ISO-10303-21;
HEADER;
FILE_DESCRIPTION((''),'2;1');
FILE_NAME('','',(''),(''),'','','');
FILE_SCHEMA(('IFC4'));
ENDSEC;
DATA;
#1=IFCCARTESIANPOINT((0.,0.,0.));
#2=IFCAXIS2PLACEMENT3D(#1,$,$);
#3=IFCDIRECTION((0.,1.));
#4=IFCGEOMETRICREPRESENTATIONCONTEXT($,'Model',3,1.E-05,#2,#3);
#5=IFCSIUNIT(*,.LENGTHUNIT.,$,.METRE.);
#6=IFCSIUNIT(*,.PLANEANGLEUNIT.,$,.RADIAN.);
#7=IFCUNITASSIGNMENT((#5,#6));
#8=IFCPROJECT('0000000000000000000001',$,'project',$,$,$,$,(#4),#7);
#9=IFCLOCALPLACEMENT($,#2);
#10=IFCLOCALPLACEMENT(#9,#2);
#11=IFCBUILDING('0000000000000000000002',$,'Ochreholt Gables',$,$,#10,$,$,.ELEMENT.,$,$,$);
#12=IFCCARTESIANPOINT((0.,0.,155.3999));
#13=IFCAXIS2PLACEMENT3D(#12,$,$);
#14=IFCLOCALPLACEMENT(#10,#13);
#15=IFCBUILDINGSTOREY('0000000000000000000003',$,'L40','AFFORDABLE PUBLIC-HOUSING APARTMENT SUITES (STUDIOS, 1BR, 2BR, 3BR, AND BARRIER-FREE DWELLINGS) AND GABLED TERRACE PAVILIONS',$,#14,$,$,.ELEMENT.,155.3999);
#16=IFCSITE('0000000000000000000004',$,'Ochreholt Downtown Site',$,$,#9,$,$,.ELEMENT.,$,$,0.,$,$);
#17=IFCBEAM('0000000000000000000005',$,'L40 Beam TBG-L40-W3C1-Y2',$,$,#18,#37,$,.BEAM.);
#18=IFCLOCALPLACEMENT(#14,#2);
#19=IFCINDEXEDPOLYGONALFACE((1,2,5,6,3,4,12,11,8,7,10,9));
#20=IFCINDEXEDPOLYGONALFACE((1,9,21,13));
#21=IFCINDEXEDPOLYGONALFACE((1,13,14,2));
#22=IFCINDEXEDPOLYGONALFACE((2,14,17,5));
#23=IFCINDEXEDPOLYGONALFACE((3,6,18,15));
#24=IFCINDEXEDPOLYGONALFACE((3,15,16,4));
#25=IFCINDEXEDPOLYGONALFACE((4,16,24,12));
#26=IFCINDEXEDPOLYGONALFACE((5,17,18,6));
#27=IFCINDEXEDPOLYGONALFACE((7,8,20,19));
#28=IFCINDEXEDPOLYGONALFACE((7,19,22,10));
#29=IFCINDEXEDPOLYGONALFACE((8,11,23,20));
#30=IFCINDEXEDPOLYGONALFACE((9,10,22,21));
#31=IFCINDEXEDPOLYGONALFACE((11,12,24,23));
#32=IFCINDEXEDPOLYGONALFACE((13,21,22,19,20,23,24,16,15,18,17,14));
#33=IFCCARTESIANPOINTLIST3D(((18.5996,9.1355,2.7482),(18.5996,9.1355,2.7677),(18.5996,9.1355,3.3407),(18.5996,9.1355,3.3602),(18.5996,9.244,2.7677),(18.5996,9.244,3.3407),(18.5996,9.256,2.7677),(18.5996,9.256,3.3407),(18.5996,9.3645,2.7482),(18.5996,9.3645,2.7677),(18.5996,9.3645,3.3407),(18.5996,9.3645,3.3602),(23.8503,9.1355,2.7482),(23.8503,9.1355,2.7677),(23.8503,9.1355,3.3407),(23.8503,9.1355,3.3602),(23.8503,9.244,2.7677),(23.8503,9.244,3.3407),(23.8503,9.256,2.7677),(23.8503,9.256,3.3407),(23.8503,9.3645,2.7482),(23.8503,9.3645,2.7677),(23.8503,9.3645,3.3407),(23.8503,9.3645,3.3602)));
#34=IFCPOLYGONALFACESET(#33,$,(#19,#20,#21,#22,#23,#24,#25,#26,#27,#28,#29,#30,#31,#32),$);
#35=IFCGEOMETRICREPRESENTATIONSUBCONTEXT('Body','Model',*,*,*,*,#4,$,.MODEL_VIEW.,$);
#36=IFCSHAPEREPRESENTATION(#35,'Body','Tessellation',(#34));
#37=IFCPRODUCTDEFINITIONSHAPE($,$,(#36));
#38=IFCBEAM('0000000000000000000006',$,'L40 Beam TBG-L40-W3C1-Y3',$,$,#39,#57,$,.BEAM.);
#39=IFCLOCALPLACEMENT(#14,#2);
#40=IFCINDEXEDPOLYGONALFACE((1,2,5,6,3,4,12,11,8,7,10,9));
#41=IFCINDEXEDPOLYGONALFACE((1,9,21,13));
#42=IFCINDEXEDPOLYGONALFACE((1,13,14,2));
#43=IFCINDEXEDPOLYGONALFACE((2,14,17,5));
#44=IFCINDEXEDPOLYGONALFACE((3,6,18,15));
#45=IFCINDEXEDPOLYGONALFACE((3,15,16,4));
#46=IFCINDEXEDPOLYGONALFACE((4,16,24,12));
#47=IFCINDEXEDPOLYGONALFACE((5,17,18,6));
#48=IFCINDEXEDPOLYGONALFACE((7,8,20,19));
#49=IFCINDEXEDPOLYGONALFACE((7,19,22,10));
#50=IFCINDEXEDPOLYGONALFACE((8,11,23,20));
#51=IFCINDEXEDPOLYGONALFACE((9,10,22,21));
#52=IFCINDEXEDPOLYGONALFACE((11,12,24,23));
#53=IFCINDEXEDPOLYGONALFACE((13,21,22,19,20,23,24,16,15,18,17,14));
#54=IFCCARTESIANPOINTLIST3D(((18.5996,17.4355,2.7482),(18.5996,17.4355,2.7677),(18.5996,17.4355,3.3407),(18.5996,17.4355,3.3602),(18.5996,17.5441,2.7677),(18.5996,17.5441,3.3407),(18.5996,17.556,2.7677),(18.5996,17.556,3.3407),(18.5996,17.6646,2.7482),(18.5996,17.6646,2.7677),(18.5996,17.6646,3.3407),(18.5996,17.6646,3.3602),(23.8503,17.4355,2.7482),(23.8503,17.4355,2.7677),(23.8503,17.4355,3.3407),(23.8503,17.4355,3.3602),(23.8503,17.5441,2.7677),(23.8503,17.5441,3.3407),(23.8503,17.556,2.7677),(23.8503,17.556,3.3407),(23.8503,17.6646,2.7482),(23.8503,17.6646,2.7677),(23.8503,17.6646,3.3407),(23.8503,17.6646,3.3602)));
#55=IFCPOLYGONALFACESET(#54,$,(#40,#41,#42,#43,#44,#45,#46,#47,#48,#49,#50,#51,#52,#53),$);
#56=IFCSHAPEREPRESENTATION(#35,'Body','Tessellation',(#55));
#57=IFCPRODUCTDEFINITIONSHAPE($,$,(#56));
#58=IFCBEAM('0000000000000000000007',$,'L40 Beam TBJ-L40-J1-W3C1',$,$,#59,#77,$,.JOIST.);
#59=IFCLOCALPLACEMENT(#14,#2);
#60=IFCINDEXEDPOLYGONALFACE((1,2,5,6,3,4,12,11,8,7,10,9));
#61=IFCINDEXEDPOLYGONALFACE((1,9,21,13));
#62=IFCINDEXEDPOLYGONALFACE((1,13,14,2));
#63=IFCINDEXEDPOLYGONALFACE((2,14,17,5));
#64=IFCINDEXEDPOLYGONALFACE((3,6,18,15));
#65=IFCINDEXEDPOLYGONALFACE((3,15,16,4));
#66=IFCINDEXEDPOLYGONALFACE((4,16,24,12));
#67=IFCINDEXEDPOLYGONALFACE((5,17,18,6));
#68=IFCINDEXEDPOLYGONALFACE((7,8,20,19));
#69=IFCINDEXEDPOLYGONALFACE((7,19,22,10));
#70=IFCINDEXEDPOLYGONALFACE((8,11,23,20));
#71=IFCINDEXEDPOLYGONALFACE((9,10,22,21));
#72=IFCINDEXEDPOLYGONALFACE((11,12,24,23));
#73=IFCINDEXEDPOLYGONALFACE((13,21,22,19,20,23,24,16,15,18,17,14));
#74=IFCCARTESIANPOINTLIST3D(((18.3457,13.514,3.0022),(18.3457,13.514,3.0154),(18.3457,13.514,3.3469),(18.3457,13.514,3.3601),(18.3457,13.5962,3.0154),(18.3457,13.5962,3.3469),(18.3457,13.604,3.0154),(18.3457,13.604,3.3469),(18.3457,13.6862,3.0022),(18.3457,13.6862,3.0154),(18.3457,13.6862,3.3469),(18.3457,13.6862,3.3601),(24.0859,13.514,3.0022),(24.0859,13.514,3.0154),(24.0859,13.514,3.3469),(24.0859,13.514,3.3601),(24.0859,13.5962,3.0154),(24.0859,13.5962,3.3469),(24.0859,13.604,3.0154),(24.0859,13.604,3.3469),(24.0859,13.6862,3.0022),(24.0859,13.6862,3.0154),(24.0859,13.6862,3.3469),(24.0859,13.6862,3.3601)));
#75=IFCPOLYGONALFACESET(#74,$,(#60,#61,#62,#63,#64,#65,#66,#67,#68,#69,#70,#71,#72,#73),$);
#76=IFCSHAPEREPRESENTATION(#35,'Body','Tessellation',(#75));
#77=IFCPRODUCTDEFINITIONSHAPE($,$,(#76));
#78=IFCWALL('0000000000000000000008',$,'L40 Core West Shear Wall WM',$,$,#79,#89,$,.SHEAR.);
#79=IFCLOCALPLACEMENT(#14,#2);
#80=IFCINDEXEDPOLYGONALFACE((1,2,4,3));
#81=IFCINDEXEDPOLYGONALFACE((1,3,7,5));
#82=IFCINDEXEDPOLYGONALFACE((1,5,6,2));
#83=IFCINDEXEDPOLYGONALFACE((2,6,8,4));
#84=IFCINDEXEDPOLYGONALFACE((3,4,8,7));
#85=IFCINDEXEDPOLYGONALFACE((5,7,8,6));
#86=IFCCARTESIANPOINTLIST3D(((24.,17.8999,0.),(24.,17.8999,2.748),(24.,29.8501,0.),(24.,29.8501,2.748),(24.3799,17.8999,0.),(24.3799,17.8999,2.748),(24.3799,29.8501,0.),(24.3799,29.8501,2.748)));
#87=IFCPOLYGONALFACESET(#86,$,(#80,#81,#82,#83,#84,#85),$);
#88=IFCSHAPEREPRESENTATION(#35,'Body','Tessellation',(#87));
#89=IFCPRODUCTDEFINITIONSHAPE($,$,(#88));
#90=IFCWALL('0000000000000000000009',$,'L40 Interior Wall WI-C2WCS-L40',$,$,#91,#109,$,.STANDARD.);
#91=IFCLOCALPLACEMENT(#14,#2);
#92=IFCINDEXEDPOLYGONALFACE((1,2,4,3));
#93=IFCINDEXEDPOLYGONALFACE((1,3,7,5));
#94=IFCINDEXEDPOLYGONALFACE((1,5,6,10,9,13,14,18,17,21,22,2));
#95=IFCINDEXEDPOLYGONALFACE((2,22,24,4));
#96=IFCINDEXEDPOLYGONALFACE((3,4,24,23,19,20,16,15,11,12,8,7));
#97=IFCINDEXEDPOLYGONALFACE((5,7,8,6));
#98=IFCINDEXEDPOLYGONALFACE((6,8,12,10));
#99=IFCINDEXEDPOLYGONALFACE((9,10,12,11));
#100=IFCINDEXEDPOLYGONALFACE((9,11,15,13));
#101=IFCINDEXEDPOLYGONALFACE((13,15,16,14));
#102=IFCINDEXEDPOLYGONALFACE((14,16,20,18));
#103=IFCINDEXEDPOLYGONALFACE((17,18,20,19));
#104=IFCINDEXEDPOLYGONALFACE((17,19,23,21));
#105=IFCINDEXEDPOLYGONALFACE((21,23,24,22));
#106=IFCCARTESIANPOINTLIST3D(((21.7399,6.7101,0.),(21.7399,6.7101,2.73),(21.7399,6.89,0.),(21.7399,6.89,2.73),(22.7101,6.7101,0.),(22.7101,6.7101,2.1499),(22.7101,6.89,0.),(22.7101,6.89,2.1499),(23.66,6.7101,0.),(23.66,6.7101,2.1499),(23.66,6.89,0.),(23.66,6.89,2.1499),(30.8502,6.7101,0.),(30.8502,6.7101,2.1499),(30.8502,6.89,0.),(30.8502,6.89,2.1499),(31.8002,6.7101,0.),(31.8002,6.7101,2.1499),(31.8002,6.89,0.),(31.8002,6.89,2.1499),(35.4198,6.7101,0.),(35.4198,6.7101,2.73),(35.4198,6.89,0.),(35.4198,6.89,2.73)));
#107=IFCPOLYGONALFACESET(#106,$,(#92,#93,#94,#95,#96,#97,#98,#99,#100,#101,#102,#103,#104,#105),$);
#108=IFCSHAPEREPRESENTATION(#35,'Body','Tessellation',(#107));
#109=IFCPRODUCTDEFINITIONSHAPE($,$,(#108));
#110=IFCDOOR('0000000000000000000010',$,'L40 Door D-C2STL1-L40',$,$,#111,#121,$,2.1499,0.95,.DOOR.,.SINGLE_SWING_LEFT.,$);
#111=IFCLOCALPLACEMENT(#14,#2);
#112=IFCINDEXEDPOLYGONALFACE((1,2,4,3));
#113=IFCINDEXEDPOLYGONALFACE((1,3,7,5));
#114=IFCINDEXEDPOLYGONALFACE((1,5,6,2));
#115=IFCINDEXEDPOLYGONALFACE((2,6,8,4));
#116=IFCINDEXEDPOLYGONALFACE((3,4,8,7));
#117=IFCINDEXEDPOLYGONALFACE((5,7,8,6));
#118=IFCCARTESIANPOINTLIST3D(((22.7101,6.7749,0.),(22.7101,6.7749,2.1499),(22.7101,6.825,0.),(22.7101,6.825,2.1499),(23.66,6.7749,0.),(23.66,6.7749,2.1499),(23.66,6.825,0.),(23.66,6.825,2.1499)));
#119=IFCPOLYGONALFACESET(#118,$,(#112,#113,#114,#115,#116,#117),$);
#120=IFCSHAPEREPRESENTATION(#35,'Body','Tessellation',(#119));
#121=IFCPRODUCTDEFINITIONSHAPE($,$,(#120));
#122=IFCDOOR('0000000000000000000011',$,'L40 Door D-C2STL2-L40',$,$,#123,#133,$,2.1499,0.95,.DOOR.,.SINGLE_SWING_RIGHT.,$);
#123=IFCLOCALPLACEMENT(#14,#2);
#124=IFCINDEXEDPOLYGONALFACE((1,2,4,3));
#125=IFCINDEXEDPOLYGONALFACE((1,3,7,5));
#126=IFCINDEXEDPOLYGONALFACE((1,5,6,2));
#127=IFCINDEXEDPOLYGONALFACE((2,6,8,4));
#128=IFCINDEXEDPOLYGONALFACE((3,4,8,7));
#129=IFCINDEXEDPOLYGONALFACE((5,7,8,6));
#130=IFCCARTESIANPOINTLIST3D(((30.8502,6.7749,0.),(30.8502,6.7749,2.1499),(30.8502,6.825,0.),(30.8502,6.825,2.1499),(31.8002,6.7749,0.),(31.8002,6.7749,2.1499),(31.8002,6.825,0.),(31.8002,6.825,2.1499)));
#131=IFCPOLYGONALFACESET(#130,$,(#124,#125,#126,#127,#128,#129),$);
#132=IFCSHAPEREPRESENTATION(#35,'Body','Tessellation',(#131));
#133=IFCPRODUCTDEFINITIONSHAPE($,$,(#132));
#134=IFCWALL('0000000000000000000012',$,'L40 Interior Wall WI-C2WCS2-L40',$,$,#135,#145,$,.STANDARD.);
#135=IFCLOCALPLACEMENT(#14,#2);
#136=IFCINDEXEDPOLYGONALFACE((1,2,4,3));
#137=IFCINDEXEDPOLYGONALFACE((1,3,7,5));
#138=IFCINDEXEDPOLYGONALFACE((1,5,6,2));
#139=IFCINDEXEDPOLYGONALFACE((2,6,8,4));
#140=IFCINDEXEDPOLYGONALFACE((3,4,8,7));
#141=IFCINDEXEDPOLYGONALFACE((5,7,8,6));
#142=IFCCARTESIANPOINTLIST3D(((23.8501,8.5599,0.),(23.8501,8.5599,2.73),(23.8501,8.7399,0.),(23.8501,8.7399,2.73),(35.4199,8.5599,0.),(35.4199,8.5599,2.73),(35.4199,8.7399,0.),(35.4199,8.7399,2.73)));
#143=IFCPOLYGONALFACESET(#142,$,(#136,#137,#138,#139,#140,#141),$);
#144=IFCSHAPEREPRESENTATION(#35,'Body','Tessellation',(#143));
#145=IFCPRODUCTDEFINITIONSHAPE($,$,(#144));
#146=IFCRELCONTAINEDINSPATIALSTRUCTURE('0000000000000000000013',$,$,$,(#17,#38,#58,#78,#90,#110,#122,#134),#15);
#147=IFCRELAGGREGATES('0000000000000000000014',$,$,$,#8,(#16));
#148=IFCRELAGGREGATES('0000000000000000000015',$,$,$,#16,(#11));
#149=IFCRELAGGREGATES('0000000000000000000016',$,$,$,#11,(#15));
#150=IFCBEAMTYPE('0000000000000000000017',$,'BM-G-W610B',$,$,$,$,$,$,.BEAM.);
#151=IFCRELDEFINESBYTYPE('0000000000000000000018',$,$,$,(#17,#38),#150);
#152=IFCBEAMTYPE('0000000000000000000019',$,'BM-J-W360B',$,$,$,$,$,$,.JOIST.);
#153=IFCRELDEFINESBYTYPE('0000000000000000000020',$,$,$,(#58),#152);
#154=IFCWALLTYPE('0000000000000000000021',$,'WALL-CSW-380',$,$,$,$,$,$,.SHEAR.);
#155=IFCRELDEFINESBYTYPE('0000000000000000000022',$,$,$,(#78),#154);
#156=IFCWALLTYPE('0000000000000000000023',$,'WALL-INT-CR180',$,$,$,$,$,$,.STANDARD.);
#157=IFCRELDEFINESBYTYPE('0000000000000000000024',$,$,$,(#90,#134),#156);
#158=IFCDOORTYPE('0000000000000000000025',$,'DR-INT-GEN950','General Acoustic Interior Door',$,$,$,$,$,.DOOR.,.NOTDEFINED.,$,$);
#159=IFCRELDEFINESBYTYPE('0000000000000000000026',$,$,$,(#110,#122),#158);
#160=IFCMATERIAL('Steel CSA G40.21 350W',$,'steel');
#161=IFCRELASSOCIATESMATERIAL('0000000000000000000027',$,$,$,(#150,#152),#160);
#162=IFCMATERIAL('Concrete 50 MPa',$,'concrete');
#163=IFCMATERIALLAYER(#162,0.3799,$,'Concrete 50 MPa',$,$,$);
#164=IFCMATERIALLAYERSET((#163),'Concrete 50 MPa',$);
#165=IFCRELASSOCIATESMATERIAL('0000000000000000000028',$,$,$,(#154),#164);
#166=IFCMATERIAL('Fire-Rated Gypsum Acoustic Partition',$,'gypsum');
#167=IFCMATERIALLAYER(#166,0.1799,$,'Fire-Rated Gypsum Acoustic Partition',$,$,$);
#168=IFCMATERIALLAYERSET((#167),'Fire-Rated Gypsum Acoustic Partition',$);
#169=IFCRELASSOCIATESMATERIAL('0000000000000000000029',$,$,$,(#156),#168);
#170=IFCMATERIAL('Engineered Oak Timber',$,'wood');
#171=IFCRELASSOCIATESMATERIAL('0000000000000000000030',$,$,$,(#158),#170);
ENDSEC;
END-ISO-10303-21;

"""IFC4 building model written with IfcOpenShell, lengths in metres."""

from ifc_helpers import new_model, si_unit, direction, frame, frame_2d, origin, origin_2d, place, context, subcontext, project, spatial, rectangle, i_section, extrude, material, layer, layer_set, material_profile, profile_set, type_object, element, fill, save


model = new_model("IFC4")

# Units and contexts
model_context = context("Model", 3, precision=1e-05, world=origin(), true_north=direction((0.0, 1.0)))
body_context = subcontext(model_context, "Body", "Model", "MODEL_VIEW")
ifc_project = project(units=[si_unit("LENGTHUNIT", "METRE"), si_unit("PLANEANGLEUNIT", "RADIAN")], contexts=[model_context])

# Site, building, storey
site_placement = place(None, origin())
site = spatial("IfcSite", under=ifc_project, at=site_placement, Name="Ochreholt Downtown Site", CompositionType="ELEMENT", RefElevation=0.0)
building_placement = place(site_placement, origin())
building = spatial("IfcBuilding", under=site, at=building_placement, Name="Ochreholt Gables", CompositionType="ELEMENT")
storey_placement = place(building_placement, frame((0.0, 0.0, 155.3999)))
storey = spatial("IfcBuildingStorey", under=building, at=storey_placement, Name="L40", Description="AFFORDABLE PUBLIC-HOUSING APARTMENT SUITES (STUDIOS, 1BR, 2BR, 3BR, AND BARRIER-FREE DWELLINGS) AND GABLED TERRACE PAVILIONS", CompositionType="ELEMENT", Elevation=155.3999)

# Beams
ifc_material_1 = material(Name="Steel CSA G40.21 350W", Category="steel")
ifc_material_profile_1 = material_profile(ifc_material_1, i_section(OverallWidth=0.229, OverallDepth=0.6121, WebThickness=0.012, FlangeThickness=0.0195, at=origin_2d()), Name="W610X125")
ifc_profile_set_1 = profile_set([ifc_material_profile_1], Name="Steel CSA G40.21 350W")
beam_type_1 = type_object("IfcBeamType", Name="BM-G-W610B", PredefinedType="BEAM", material=ifc_profile_set_1)
for number, where, z_axis, x_axis, name in (
    (1, (18.5996, 9.25, 3.0542), (1.0, 0.0, 0.0), (0.0, 1.0, 0.0), "L40 Beam TBG-L40-W3C1-Y2"),
    (2, (18.5996, 17.55, 3.0542), (1.0, 0.0, 0.0), (0.0, 1.0, 0.0), "L40 Beam TBG-L40-W3C1-Y3"),
):
    element("IfcBeam", number, at=place(storey_placement, frame(where, z_axis=z_axis, x_axis=x_axis)), inside=storey, type_object=beam_type_1, Name=name, PredefinedType="BEAM", context=body_context, shape_type="SweptSolid", body=[
        extrude(i_section(OverallWidth=0.229, OverallDepth=0.6121, WebThickness=0.012, FlangeThickness=0.0195, at=origin_2d()), origin(), (0.0, 0.0, 1.0), 5.2507),
    ])
ifc_material_profile_2 = material_profile(ifc_material_1, i_section(OverallWidth=0.1721, OverallDepth=0.3579, WebThickness=0.0078, FlangeThickness=0.0132, at=origin_2d()), Name="W360X57")
ifc_profile_set_2 = profile_set([ifc_material_profile_2], Name="Steel CSA G40.21 350W")
beam_type_2 = type_object("IfcBeamType", Name="BM-J-W360B", PredefinedType="JOIST", material=ifc_profile_set_2)
beam_placement = place(storey_placement, frame((18.3457, 13.6001, 3.1812), z_axis=(1.0, 0.0, 0.0), x_axis=(0.0, 1.0, 0.0)))
element("IfcBeam", 3, at=beam_placement, inside=storey, type_object=beam_type_2, Name="L40 Beam TBJ-L40-J1-W3C1", PredefinedType="JOIST", context=body_context, shape_type="SweptSolid", body=[
    extrude(i_section(OverallWidth=0.1721, OverallDepth=0.3579, WebThickness=0.0078, FlangeThickness=0.0132, at=origin_2d()), origin(), (0.0, 0.0, 1.0), 5.7402),
])

# Wall
ifc_material_2 = material(Name="Concrete 50 MPa", Category="concrete")
ifc_layer_1 = layer(ifc_material_2, 0.3799, Name="Concrete 50 MPa")
ifc_layer_set_1 = layer_set([ifc_layer_1], Name="Concrete 50 MPa")
wall_type_1 = type_object("IfcWallType", Name="WALL-CSW-380", PredefinedType="SHEAR", material=ifc_layer_set_1)
wall_1_placement = place(storey_placement, frame((24.1899, 17.8999, 0.0), z_axis=(0.0, 0.0, 1.0), x_axis=(0.0, 1.0, 0.0)))
element("IfcWall", 4, at=wall_1_placement, inside=storey, type_object=wall_type_1, Name="L40 Core West Shear Wall WM", PredefinedType="SHEAR", context=body_context, shape_type="SweptSolid", body=[
    extrude(rectangle(XDim=11.9502, YDim=0.3799, at=frame_2d((5.9751, 0.0))), origin(), (0.0, 0.0, 1.0), 2.748),
])

# Wall, openings, doors
ifc_material_3 = material(Name="Fire-Rated Gypsum Acoustic Partition", Category="gypsum")
ifc_layer_2 = layer(ifc_material_3, 0.1799, Name="Fire-Rated Gypsum Acoustic Partition")
ifc_layer_set_2 = layer_set([ifc_layer_2], Name="Fire-Rated Gypsum Acoustic Partition")
wall_type_2 = type_object("IfcWallType", Name="WALL-INT-CR180", PredefinedType="STANDARD", material=ifc_layer_set_2)
ifc_material_4 = material(Name="Engineered Oak Timber", Category="wood")
door_type = type_object("IfcDoorType", Name="DR-INT-GEN950", Description="General Acoustic Interior Door", OperationType="NOTDEFINED", PredefinedType="DOOR", material=ifc_material_4)
wall_2_placement = place(storey_placement, frame((21.74, 6.8, 0.0), z_axis=(0.0, 0.0, 1.0), x_axis=(1.0, 0.0, 0.0)))
wall_2 = element("IfcWall", 5, at=wall_2_placement, inside=storey, type_object=wall_type_2, Name="L40 Interior Wall WI-C2WCS-L40", PredefinedType="STANDARD", context=body_context, shape_type="SweptSolid", body=[
    extrude(rectangle(XDim=13.6799, YDim=0.1799, at=frame_2d((6.8398, 0.0))), origin(), (0.0, 0.0, 1.0), 2.73),
])
opening_1_placement = place(wall_2_placement, frame((0.97, 0.0, 0.0)))
opening_1 = element("IfcOpeningElement", 6, at=opening_1_placement, cuts=wall_2, PredefinedType="OPENING", context=body_context, shape_type="SweptSolid", body=[
    extrude(rectangle(XDim=0.95, YDim=2.1499, at=frame_2d((0.4751, 1.075))), frame((0.0, 0.0999, 0.0), z_axis=(0.0, -1.0, 0.0), x_axis=(1.0, 0.0, 0.0)), (0.0, 0.0, 1.0), 0.2),
])
opening_2_placement = place(wall_2_placement, frame((9.1101, 0.0, 0.0)))
opening_2 = element("IfcOpeningElement", 7, at=opening_2_placement, cuts=wall_2, PredefinedType="OPENING", context=body_context, shape_type="SweptSolid", body=[
    extrude(rectangle(XDim=0.95, YDim=2.1499, at=frame_2d((0.4751, 1.075))), frame((0.0, 0.0999, 0.0), z_axis=(0.0, -1.0, 0.0), x_axis=(1.0, 0.0, 0.0)), (0.0, 0.0, 1.0), 0.2),
])
door_1_placement = place(opening_1_placement, origin())
door_1 = element("IfcDoor", 8, at=door_1_placement, inside=storey, type_object=door_type, Name="L40 Door D-C2STL1-L40", OperationType="SINGLE_SWING_LEFT", OverallHeight=2.1499, OverallWidth=0.95, PredefinedType="DOOR", context=body_context, shape_type="SweptSolid", body=[
    extrude(rectangle(XDim=0.95, YDim=2.1499, at=frame_2d((0.4751, 1.075))), frame((0.0, 0.0249, 0.0), z_axis=(0.0, -1.0, 0.0), x_axis=(1.0, 0.0, 0.0)), (0.0, 0.0, 1.0), 0.05),
])
fill(opening_1, door_1)
door_2_placement = place(opening_2_placement, origin())
door_2 = element("IfcDoor", 9, at=door_2_placement, inside=storey, type_object=door_type, Name="L40 Door D-C2STL2-L40", OperationType="SINGLE_SWING_RIGHT", OverallHeight=2.1499, OverallWidth=0.95, PredefinedType="DOOR", context=body_context, shape_type="SweptSolid", body=[
    extrude(rectangle(XDim=0.95, YDim=2.1499, at=frame_2d((0.4751, 1.075))), frame((0.0, 0.0249, 0.0), z_axis=(0.0, -1.0, 0.0), x_axis=(1.0, 0.0, 0.0)), (0.0, 0.0, 1.0), 0.05),
])
fill(opening_2, door_2)

# Wall
wall_3_placement = place(storey_placement, frame((23.8501, 8.6499, 0.0), z_axis=(0.0, 0.0, 1.0), x_axis=(1.0, 0.0, 0.0)))
element("IfcWall", 10, at=wall_3_placement, inside=storey, type_object=wall_type_2, Name="L40 Interior Wall WI-C2WCS2-L40", PredefinedType="STANDARD", context=body_context, shape_type="SweptSolid", body=[
    extrude(rectangle(XDim=11.5698, YDim=0.1799, at=frame_2d((5.7849, 0.0))), origin(), (0.0, 0.0, 1.0), 2.73),
])

save(model, "model.ifc")
